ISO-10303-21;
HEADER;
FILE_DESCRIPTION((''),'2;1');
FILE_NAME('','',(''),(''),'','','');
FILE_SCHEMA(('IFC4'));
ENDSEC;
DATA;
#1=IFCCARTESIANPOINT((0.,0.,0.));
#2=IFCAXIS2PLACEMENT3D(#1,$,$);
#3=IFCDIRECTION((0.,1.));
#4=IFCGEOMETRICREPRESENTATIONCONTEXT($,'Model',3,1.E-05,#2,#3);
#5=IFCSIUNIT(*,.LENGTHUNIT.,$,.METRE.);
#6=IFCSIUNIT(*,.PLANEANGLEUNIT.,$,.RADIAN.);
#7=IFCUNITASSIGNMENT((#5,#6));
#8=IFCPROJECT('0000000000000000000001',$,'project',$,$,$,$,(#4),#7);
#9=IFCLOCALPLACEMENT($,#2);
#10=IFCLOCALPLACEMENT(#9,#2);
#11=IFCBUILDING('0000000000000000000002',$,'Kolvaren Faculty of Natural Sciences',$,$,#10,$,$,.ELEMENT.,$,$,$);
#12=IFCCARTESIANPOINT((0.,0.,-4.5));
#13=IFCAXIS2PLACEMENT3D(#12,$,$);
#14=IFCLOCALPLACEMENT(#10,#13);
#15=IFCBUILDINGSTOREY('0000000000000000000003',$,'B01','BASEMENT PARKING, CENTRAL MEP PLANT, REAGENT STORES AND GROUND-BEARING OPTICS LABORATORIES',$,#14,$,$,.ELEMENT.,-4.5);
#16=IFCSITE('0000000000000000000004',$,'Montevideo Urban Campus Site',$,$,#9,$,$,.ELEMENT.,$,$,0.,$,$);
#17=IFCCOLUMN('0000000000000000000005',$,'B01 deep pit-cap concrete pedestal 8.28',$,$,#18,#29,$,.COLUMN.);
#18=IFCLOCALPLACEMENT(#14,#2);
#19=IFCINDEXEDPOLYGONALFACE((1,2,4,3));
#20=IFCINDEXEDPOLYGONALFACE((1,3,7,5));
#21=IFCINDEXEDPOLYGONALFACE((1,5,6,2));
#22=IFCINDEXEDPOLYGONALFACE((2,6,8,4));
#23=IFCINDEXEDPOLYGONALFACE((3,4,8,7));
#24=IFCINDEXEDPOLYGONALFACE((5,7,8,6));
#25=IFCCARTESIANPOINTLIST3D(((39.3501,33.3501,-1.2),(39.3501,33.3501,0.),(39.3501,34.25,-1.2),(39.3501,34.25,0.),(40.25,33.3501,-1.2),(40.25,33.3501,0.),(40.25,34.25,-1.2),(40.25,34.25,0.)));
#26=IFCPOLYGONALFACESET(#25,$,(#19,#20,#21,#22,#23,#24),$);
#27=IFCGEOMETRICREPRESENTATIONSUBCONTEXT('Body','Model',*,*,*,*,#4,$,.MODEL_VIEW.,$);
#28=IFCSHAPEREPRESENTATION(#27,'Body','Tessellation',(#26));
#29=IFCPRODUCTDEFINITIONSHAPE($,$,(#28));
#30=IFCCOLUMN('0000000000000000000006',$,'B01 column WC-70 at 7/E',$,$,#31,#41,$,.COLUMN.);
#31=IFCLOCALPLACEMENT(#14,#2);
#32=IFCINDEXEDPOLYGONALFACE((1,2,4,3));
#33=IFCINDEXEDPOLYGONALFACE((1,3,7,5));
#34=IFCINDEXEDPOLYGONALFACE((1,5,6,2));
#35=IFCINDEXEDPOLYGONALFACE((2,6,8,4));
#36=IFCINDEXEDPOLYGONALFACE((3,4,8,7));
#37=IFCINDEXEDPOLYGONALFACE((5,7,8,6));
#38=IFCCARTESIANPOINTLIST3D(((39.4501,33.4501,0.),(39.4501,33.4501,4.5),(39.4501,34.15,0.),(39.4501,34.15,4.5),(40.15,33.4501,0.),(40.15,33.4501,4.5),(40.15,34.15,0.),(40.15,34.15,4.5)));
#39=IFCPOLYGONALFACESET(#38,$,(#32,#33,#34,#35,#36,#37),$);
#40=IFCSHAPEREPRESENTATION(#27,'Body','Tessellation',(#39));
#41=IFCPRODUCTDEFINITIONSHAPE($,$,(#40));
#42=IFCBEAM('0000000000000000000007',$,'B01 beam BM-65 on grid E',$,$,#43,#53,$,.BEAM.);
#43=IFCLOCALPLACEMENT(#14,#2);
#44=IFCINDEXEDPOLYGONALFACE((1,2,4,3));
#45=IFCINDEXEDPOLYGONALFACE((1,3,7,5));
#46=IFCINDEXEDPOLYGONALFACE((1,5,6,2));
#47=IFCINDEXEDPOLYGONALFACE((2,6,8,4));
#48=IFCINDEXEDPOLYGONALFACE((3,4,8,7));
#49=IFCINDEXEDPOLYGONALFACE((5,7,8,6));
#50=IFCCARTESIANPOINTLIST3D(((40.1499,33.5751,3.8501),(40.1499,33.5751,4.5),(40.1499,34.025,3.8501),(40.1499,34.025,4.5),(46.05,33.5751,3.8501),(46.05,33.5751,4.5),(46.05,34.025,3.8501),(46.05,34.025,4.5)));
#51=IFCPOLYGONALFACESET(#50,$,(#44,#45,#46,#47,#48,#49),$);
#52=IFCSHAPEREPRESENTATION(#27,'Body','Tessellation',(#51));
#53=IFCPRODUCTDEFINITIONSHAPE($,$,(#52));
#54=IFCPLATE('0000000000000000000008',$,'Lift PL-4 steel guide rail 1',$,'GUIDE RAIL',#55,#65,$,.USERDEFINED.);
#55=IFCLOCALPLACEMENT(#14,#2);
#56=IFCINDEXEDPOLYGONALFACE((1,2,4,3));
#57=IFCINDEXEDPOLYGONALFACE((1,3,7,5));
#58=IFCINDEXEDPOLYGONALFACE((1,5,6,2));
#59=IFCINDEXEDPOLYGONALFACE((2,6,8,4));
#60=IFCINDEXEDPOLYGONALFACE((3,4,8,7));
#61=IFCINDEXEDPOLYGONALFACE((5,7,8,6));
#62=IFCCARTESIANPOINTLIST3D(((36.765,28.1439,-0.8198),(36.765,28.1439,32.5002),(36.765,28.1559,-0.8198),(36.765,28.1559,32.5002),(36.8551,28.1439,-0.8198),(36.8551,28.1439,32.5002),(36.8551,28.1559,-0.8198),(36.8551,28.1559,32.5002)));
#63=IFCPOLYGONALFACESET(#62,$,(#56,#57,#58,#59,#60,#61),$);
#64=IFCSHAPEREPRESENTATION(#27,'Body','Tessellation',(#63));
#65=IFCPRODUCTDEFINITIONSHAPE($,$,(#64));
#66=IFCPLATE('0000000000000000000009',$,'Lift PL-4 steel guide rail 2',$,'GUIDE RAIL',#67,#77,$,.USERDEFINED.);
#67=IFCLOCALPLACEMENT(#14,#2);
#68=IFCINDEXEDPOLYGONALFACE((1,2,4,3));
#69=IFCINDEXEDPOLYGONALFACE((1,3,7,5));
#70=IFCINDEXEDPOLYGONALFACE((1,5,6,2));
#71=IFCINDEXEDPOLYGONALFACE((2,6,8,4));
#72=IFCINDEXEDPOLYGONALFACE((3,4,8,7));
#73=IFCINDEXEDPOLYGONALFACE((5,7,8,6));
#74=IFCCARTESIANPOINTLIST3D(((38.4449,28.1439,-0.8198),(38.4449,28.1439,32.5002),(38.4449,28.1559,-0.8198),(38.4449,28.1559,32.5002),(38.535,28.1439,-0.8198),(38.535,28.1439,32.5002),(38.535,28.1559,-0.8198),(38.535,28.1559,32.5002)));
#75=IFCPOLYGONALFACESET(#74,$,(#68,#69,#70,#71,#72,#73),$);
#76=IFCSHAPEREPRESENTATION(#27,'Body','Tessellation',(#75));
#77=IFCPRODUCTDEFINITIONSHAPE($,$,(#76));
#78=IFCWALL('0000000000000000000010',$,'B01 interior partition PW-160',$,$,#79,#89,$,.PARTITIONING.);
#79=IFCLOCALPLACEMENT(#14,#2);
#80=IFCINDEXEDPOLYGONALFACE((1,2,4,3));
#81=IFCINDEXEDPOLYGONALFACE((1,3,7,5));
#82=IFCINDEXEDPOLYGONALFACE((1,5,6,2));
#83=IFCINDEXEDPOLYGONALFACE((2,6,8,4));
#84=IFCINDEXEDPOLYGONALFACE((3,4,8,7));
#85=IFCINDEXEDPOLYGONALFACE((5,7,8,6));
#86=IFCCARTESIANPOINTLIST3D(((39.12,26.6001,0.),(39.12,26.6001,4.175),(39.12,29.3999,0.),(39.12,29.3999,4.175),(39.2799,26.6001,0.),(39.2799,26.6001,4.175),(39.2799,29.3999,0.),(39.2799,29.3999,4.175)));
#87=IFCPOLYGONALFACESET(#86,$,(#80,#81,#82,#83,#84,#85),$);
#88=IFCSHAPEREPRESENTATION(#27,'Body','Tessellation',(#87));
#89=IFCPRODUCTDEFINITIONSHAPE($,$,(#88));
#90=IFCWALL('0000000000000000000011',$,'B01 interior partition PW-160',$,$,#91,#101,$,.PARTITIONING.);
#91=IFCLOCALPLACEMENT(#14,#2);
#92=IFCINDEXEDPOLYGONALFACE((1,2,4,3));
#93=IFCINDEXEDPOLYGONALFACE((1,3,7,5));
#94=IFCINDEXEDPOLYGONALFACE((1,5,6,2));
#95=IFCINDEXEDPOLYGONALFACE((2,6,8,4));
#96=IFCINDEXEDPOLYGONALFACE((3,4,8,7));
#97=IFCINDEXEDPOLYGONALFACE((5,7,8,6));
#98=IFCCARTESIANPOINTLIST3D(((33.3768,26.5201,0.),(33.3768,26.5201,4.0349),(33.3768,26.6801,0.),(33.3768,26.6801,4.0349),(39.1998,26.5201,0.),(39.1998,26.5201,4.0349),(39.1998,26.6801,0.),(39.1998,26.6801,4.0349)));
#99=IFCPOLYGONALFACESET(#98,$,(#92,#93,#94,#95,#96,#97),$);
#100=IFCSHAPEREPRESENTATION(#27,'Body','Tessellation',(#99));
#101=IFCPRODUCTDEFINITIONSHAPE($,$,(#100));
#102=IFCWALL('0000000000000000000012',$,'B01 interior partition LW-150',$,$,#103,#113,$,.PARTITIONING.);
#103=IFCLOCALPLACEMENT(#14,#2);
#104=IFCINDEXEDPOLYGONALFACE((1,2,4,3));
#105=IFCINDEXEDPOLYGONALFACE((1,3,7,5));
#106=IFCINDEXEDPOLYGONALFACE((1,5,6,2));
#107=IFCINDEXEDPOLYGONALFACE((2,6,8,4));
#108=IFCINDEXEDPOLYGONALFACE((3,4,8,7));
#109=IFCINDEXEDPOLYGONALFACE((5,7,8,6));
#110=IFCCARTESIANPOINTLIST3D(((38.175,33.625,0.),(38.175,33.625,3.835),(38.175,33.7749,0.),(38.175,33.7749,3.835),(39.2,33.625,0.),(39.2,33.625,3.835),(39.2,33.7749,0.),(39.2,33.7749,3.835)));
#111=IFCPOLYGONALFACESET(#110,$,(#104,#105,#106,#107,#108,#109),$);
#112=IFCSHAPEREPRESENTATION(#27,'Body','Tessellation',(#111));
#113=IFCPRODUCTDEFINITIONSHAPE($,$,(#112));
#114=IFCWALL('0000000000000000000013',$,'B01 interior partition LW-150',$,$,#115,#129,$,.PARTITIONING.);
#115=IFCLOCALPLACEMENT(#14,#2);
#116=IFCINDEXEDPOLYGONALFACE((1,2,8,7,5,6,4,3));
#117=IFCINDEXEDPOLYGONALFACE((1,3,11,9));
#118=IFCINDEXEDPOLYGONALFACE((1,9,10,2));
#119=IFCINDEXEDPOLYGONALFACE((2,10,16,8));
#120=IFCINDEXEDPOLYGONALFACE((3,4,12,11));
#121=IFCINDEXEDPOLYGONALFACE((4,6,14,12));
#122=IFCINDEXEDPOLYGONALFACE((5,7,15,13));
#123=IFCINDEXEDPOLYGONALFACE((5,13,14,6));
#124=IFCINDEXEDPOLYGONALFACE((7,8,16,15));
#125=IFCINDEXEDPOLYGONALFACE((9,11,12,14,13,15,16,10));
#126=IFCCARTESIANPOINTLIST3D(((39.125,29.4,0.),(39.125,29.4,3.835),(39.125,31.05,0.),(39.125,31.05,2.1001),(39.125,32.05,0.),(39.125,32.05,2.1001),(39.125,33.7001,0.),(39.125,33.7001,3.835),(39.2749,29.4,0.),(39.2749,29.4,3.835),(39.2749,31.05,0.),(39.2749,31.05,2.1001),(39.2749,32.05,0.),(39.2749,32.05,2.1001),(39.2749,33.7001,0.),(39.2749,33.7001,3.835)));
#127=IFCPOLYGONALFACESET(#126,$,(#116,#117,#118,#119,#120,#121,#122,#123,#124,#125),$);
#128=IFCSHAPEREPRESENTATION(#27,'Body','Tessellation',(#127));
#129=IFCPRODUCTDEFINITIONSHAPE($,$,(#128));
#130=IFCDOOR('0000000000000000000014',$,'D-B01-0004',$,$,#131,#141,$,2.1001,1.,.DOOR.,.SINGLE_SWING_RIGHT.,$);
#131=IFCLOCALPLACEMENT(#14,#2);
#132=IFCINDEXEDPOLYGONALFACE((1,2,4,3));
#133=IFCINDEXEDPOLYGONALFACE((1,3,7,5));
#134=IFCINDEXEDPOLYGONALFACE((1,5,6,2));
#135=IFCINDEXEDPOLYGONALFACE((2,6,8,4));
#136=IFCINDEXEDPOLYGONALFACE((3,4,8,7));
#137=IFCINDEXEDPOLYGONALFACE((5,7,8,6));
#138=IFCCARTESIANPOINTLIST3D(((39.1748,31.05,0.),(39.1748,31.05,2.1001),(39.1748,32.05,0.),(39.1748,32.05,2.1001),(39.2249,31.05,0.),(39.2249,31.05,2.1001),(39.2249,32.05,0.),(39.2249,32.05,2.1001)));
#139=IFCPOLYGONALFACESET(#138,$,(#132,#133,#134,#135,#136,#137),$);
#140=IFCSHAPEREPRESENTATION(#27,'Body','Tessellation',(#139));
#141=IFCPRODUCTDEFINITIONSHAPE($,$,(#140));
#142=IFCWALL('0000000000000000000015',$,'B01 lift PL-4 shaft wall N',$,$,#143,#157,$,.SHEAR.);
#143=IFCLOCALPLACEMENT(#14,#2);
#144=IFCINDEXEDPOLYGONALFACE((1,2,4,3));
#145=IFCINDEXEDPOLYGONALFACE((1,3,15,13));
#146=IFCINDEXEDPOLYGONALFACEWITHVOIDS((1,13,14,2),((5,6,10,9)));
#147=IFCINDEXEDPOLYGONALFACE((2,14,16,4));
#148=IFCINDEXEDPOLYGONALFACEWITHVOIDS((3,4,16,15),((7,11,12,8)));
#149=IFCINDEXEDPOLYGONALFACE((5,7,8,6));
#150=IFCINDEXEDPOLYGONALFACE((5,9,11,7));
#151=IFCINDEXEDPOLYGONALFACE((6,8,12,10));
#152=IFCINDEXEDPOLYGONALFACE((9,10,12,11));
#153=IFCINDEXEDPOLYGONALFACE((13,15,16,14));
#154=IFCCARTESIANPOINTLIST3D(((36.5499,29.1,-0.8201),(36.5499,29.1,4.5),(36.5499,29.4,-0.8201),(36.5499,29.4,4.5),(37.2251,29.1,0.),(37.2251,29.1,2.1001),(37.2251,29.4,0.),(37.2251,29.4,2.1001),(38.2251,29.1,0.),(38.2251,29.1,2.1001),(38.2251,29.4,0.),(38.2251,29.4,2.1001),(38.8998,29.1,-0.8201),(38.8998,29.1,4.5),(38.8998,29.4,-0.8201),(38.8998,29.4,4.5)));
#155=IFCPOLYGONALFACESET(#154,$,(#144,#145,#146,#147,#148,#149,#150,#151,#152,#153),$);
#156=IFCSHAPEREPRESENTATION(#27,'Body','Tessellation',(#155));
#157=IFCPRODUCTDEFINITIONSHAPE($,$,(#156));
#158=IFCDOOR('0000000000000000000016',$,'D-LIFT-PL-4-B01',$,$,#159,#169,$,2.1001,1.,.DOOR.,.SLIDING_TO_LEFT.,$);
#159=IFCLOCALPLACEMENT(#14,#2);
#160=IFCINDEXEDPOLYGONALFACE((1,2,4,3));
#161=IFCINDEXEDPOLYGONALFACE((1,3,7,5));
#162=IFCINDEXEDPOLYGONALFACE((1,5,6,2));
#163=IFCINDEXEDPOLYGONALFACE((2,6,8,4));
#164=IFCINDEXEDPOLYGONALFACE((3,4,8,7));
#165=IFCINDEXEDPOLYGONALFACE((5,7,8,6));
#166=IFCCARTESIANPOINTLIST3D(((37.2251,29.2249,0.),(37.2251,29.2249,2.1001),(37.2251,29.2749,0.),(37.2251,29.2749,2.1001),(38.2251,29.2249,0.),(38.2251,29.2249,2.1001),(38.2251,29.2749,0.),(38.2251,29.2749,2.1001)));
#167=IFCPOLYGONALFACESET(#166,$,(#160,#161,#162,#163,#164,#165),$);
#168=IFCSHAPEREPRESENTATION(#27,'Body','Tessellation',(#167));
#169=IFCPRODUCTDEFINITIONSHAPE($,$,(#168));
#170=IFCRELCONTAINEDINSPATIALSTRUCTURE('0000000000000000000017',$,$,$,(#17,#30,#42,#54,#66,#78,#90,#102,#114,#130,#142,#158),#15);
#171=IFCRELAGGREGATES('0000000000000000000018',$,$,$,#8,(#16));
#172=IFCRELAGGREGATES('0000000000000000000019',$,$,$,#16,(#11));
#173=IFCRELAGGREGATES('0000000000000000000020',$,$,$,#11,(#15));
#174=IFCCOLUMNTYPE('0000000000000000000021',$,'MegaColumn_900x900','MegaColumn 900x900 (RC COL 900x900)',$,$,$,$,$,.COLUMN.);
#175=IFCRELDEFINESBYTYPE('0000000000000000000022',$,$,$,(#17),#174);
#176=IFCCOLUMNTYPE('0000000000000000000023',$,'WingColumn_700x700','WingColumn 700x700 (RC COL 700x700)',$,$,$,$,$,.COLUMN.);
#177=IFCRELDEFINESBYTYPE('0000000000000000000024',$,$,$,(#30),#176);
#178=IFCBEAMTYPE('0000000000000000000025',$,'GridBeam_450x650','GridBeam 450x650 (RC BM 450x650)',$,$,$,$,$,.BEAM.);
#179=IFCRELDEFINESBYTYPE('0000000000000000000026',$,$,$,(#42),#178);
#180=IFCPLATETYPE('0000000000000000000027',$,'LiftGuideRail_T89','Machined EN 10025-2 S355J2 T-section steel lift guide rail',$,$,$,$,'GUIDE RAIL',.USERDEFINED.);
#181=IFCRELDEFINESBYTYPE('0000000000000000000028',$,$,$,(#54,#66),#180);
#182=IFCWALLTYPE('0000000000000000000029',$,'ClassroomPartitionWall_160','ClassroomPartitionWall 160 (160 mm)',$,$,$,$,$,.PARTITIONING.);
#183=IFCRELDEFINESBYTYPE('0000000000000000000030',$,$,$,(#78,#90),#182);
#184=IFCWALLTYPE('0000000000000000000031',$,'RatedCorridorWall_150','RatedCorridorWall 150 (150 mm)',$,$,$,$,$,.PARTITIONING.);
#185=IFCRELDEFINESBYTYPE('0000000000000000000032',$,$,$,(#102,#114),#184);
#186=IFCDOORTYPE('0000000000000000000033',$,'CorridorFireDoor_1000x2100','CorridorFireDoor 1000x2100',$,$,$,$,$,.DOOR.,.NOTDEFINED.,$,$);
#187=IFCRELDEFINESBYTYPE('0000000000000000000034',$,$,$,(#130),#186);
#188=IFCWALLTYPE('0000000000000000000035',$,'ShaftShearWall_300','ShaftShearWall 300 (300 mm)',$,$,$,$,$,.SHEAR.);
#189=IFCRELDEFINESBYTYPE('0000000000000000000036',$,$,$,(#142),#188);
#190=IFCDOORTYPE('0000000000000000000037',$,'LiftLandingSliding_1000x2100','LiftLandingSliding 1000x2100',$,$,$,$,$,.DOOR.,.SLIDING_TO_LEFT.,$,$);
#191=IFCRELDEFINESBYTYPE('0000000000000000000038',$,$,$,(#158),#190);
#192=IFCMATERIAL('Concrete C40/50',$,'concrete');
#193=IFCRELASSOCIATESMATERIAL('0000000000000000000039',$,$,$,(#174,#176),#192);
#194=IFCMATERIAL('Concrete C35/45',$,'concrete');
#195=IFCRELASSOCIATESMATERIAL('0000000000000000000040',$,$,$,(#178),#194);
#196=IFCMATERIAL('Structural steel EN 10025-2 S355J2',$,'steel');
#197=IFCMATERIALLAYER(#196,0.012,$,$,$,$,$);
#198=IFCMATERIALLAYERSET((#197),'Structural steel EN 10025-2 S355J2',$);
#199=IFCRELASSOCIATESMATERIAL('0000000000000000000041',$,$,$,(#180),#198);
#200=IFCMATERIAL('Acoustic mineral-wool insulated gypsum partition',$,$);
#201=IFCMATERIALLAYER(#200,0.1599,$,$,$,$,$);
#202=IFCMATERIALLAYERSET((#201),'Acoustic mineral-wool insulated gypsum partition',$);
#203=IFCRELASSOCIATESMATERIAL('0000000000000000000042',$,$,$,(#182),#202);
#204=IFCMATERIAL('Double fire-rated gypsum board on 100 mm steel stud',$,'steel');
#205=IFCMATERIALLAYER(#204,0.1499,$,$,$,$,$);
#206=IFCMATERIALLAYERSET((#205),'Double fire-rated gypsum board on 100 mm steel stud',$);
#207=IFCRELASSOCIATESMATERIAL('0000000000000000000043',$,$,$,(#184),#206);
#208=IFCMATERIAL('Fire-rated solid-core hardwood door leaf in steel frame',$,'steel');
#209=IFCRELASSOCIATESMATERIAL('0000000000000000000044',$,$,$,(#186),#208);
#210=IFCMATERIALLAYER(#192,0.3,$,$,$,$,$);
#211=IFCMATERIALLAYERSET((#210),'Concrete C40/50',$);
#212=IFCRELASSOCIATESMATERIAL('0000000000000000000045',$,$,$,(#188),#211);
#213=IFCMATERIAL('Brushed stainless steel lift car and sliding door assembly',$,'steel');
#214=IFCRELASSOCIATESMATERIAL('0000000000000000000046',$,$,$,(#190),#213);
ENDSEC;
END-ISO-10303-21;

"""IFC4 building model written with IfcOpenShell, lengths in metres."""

from ifc_helpers import new_model, si_unit, direction, frame, frame_2d, origin, origin_2d, place, context, subcontext, project, spatial, rectangle, extrude, material, layer, layer_set, material_profile, profile_set, type_object, element, fill, save


model = new_model("IFC4")

# Units and contexts
model_context = context("Model", 3, precision=1e-05, world=origin(), true_north=direction((0.0, 1.0)))
body_context = subcontext(model_context, "Body", "Model", "MODEL_VIEW")
ifc_project = project(units=[si_unit("LENGTHUNIT", "METRE"), si_unit("PLANEANGLEUNIT", "RADIAN")], contexts=[model_context])

# Site, building, storey
site_placement = place(None, origin())
site = spatial("IfcSite", under=ifc_project, at=site_placement, Name="Montevideo Urban Campus Site", CompositionType="ELEMENT", RefElevation=0.0)
building_placement = place(site_placement, origin())
building = spatial("IfcBuilding", under=site, at=building_placement, Name="Kolvaren Faculty of Natural Sciences", CompositionType="ELEMENT")
storey_placement = place(building_placement, frame((0.0, 0.0, -4.5)))
storey = spatial("IfcBuildingStorey", under=building, at=storey_placement, Name="B01", Description="BASEMENT PARKING, CENTRAL MEP PLANT, REAGENT STORES AND GROUND-BEARING OPTICS LABORATORIES", CompositionType="ELEMENT", Elevation=-4.5)

# Shared definitions
ifc_material_1 = material(Name="Concrete C35/45", Category="concrete")

# Columns
ifc_material_2 = material(Name="Concrete C40/50", Category="concrete")
ifc_material_profile_1 = material_profile(ifc_material_2, rectangle(XDim=0.8999, YDim=0.8999, at=origin_2d()), Name="RC COL 900x900")
ifc_profile_set_1 = profile_set([ifc_material_profile_1], Name="Concrete C40/50")
column_type_1 = type_object("IfcColumnType", Name="MegaColumn_900x900", Description="MegaColumn 900x900 (RC COL 900x900)", PredefinedType="COLUMN", material=ifc_profile_set_1)
column_1_placement = place(storey_placement, frame((39.8, 33.8, -1.2), z_axis=(0.0, 0.0, 1.0), x_axis=(1.0, 0.0, 0.0)))
element("IfcColumn", 1, at=column_1_placement, inside=storey, type_object=column_type_1, Name="B01 deep pit-cap concrete pedestal 8.28", PredefinedType="COLUMN", context=body_context, shape_type="SweptSolid", body=[
    extrude(rectangle(XDim=0.8999, YDim=0.8999, at=origin_2d()), origin(), (0.0, 0.0, 1.0), 1.2),
])
ifc_material_profile_2 = material_profile(ifc_material_2, rectangle(XDim=0.7, YDim=0.7, at=origin_2d()), Name="RC COL 700x700")
ifc_profile_set_2 = profile_set([ifc_material_profile_2], Name="Concrete C40/50")
column_type_2 = type_object("IfcColumnType", Name="WingColumn_700x700", Description="WingColumn 700x700 (RC COL 700x700)", PredefinedType="COLUMN", material=ifc_profile_set_2)
column_2_placement = place(storey_placement, frame((39.8, 33.8, 0.0), z_axis=(0.0, 0.0, 1.0), x_axis=(1.0, 0.0, 0.0)))
element("IfcColumn", 2, at=column_2_placement, inside=storey, type_object=column_type_2, Name="B01 column WC-70 at 7/E", PredefinedType="COLUMN", context=body_context, shape_type="SweptSolid", body=[
    extrude(rectangle(XDim=0.7, YDim=0.7, at=origin_2d()), origin(), (0.0, 0.0, 1.0), 4.5),
])

# Beam
ifc_material_profile_3 = material_profile(ifc_material_1, rectangle(XDim=0.45, YDim=0.6499, at=origin_2d()), Name="RC BM 450x650")
ifc_profile_set_3 = profile_set([ifc_material_profile_3], Name="Concrete C35/45")
beam_type = type_object("IfcBeamType", Name="GridBeam_450x650", Description="GridBeam 450x650 (RC BM 450x650)", PredefinedType="BEAM", material=ifc_profile_set_3)
beam_placement = place(storey_placement, frame((40.1499, 33.8, 4.175), z_axis=(1.0, 0.0, 0.0), x_axis=(0.0, 1.0, 0.0)))
element("IfcBeam", 3, at=beam_placement, inside=storey, type_object=beam_type, Name="B01 beam BM-65 on grid E", PredefinedType="BEAM", context=body_context, shape_type="SweptSolid", body=[
    extrude(rectangle(XDim=0.45, YDim=0.6499, at=origin_2d()), origin(), (0.0, 0.0, 1.0), 5.9001),
])

# Plates
ifc_material_3 = material(Name="Structural steel EN 10025-2 S355J2", Category="steel")
ifc_layer_1 = layer(ifc_material_3, 0.012)
ifc_layer_set_1 = layer_set([ifc_layer_1], Name="Structural steel EN 10025-2 S355J2")
plate_type = type_object("IfcPlateType", Name="LiftGuideRail_T89", Description="Machined EN 10025-2 S355J2 T-section steel lift guide rail", ElementType="GUIDE RAIL", PredefinedType="USERDEFINED", material=ifc_layer_set_1)
for number, where, z_axis, x_axis, name in (
    (4, (36.8101, 28.1499, -0.8198), (0.0, 0.0, 1.0), (1.0, 0.0, 0.0), "Lift PL-4 steel guide rail 1"),
    (5, (38.49, 28.1499, -0.8198), (0.0, 0.0, 1.0), (1.0, 0.0, 0.0), "Lift PL-4 steel guide rail 2"),
):
    element("IfcPlate", number, at=place(storey_placement, frame(where, z_axis=z_axis, x_axis=x_axis)), inside=storey, type_object=plate_type, Name=name, ObjectType="GUIDE RAIL", PredefinedType="USERDEFINED", context=body_context, shape_type="SweptSolid", body=[
        extrude(rectangle(XDim=0.0901, YDim=0.012, at=origin_2d()), origin(), (0.0, 0.0, 1.0), 33.3201),
    ])

# Walls
ifc_material_4 = material(Name="Acoustic mineral-wool insulated gypsum partition")
ifc_layer_2 = layer(ifc_material_4, 0.1599)
ifc_layer_set_2 = layer_set([ifc_layer_2], Name="Acoustic mineral-wool insulated gypsum partition")
wall_type_1 = type_object("IfcWallType", Name="ClassroomPartitionWall_160", Description="ClassroomPartitionWall 160 (160 mm)", PredefinedType="PARTITIONING", material=ifc_layer_set_2)
wall_1_placement = place(storey_placement, frame((39.2, 29.3999, 0.0), z_axis=(0.0, 0.0, 1.0), x_axis=(0.0, -1.0, 0.0)))
element("IfcWall", 6, at=wall_1_placement, inside=storey, type_object=wall_type_1, Name="B01 interior partition PW-160", PredefinedType="PARTITIONING", context=body_context, shape_type="SweptSolid", body=[
    extrude(rectangle(XDim=2.7998, YDim=0.1599, at=frame_2d((1.3999, 0.0))), origin(), (0.0, 0.0, 1.0), 4.175),
])
wall_2_placement = place(storey_placement, frame((39.2, 26.6001, 0.0), z_axis=(0.0, 0.0, 1.0), x_axis=(-1.0, 0.0, 0.0)))
element("IfcWall", 7, at=wall_2_placement, inside=storey, type_object=wall_type_1, Name="B01 interior partition PW-160", PredefinedType="PARTITIONING", context=body_context, shape_type="SweptSolid", body=[
    extrude(rectangle(XDim=5.823, YDim=0.1599, at=frame_2d((2.9116, 0.0))), origin(), (0.0, 0.0, 1.0), 4.0349),
])
ifc_material_5 = material(Name="Double fire-rated gypsum board on 100 mm steel stud", Category="steel")
ifc_layer_3 = layer(ifc_material_5, 0.1499)
ifc_layer_set_3 = layer_set([ifc_layer_3], Name="Double fire-rated gypsum board on 100 mm steel stud")
wall_type_2 = type_object("IfcWallType", Name="RatedCorridorWall_150", Description="RatedCorridorWall 150 (150 mm)", PredefinedType="PARTITIONING", material=ifc_layer_set_3)
wall_3_placement = place(storey_placement, frame((38.175, 33.7, 0.0), z_axis=(0.0, 0.0, 1.0), x_axis=(1.0, 0.0, 0.0)))
element("IfcWall", 8, at=wall_3_placement, inside=storey, type_object=wall_type_2, Name="B01 interior partition LW-150", PredefinedType="PARTITIONING", context=body_context, shape_type="SweptSolid", body=[
    extrude(rectangle(XDim=1.0249, YDim=0.1499, at=frame_2d((0.5125, 0.0))), origin(), (0.0, 0.0, 1.0), 3.835),
])

# Walls, openings, doors
wall_4_placement = place(storey_placement, frame((39.2, 33.7, 0.0), z_axis=(0.0, 0.0, 1.0), x_axis=(0.0, -1.0, 0.0)))
wall_4 = element("IfcWall", 9, at=wall_4_placement, inside=storey, type_object=wall_type_2, Name="B01 interior partition LW-150", PredefinedType="PARTITIONING", context=body_context, shape_type="SweptSolid", body=[
    extrude(rectangle(XDim=4.3, YDim=0.1499, at=frame_2d((2.1499, 0.0))), origin(), (0.0, 0.0, 1.0), 3.835),
])
opening_1_placement = place(wall_4_placement, frame((1.6499, 0.0, 0.0)))
opening_1 = element("IfcOpeningElement", 10, at=opening_1_placement, cuts=wall_4, PredefinedType="OPENING", context=body_context, shape_type="SweptSolid", body=[
    extrude(rectangle(XDim=1.0, YDim=2.1001, at=frame_2d((0.5, 1.05))), frame((0.0, 0.085, 0.0), z_axis=(0.0, -1.0, 0.0), x_axis=(1.0, 0.0, 0.0)), (0.0, 0.0, 1.0), 0.1699),
])
ifc_material_6 = material(Name="Fire-rated solid-core hardwood door leaf in steel frame", Category="steel")
door_type_1 = type_object("IfcDoorType", Name="CorridorFireDoor_1000x2100", Description="CorridorFireDoor 1000x2100", OperationType="NOTDEFINED", PredefinedType="DOOR", material=ifc_material_6)
door_1_placement = place(opening_1_placement, origin())
door_1 = element("IfcDoor", 11, at=door_1_placement, inside=storey, type_object=door_type_1, Name="D-B01-0004", OperationType="SINGLE_SWING_RIGHT", OverallHeight=2.1001, OverallWidth=1.0, PredefinedType="DOOR", context=body_context, shape_type="SweptSolid", body=[
    extrude(rectangle(XDim=1.0, YDim=2.1001, at=frame_2d((0.5, 1.05))), frame((0.0, 0.0249, 0.0), z_axis=(0.0, -1.0, 0.0), x_axis=(1.0, 0.0, 0.0)), (0.0, 0.0, 1.0), 0.05),
])
fill(opening_1, door_1)
ifc_layer_4 = layer(ifc_material_2, 0.3)
ifc_layer_set_4 = layer_set([ifc_layer_4], Name="Concrete C40/50")
wall_type_3 = type_object("IfcWallType", Name="ShaftShearWall_300", Description="ShaftShearWall 300 (300 mm)", PredefinedType="SHEAR", material=ifc_layer_set_4)
wall_5_placement = place(storey_placement, frame((36.55, 29.25, -0.8201), z_axis=(0.0, 0.0, 1.0), x_axis=(1.0, 0.0, 0.0)))
wall_5 = element("IfcWall", 12, at=wall_5_placement, inside=storey, type_object=wall_type_3, Name="B01 lift PL-4 shaft wall N", PredefinedType="SHEAR", context=body_context, shape_type="SweptSolid", body=[
    extrude(rectangle(XDim=2.3499, YDim=0.3, at=frame_2d((1.1748, 0.0))), origin(), (0.0, 0.0, 1.0), 5.3201),
])
opening_2_placement = place(wall_5_placement, frame((0.675, 0.0, 0.8201)))
opening_2 = element("IfcOpeningElement", 13, at=opening_2_placement, cuts=wall_5, PredefinedType="OPENING", context=body_context, shape_type="SweptSolid", body=[
    extrude(rectangle(XDim=1.0, YDim=2.1001, at=frame_2d((0.5, 1.05))), frame((0.0, 0.1599, 0.0), z_axis=(0.0, -1.0, 0.0), x_axis=(1.0, 0.0, 0.0)), (0.0, 0.0, 1.0), 0.3201),
])
ifc_material_7 = material(Name="Brushed stainless steel lift car and sliding door assembly", Category="steel")
door_type_2 = type_object("IfcDoorType", Name="LiftLandingSliding_1000x2100", Description="LiftLandingSliding 1000x2100", OperationType="SLIDING_TO_LEFT", PredefinedType="DOOR", material=ifc_material_7)
door_2_placement = place(opening_2_placement, origin())
door_2 = element("IfcDoor", 14, at=door_2_placement, inside=storey, type_object=door_type_2, Name="D-LIFT-PL-4-B01", OperationType="SLIDING_TO_LEFT", OverallHeight=2.1001, OverallWidth=1.0, PredefinedType="DOOR", context=body_context, shape_type="SweptSolid", body=[
    extrude(rectangle(XDim=1.0, YDim=2.1001, at=frame_2d((0.5, 1.05))), frame((0.0, 0.0249, 0.0), z_axis=(0.0, -1.0, 0.0), x_axis=(1.0, 0.0, 0.0)), (0.0, 0.0, 1.0), 0.05),
])
fill(opening_2, door_2)

save(model, "model.ifc")
